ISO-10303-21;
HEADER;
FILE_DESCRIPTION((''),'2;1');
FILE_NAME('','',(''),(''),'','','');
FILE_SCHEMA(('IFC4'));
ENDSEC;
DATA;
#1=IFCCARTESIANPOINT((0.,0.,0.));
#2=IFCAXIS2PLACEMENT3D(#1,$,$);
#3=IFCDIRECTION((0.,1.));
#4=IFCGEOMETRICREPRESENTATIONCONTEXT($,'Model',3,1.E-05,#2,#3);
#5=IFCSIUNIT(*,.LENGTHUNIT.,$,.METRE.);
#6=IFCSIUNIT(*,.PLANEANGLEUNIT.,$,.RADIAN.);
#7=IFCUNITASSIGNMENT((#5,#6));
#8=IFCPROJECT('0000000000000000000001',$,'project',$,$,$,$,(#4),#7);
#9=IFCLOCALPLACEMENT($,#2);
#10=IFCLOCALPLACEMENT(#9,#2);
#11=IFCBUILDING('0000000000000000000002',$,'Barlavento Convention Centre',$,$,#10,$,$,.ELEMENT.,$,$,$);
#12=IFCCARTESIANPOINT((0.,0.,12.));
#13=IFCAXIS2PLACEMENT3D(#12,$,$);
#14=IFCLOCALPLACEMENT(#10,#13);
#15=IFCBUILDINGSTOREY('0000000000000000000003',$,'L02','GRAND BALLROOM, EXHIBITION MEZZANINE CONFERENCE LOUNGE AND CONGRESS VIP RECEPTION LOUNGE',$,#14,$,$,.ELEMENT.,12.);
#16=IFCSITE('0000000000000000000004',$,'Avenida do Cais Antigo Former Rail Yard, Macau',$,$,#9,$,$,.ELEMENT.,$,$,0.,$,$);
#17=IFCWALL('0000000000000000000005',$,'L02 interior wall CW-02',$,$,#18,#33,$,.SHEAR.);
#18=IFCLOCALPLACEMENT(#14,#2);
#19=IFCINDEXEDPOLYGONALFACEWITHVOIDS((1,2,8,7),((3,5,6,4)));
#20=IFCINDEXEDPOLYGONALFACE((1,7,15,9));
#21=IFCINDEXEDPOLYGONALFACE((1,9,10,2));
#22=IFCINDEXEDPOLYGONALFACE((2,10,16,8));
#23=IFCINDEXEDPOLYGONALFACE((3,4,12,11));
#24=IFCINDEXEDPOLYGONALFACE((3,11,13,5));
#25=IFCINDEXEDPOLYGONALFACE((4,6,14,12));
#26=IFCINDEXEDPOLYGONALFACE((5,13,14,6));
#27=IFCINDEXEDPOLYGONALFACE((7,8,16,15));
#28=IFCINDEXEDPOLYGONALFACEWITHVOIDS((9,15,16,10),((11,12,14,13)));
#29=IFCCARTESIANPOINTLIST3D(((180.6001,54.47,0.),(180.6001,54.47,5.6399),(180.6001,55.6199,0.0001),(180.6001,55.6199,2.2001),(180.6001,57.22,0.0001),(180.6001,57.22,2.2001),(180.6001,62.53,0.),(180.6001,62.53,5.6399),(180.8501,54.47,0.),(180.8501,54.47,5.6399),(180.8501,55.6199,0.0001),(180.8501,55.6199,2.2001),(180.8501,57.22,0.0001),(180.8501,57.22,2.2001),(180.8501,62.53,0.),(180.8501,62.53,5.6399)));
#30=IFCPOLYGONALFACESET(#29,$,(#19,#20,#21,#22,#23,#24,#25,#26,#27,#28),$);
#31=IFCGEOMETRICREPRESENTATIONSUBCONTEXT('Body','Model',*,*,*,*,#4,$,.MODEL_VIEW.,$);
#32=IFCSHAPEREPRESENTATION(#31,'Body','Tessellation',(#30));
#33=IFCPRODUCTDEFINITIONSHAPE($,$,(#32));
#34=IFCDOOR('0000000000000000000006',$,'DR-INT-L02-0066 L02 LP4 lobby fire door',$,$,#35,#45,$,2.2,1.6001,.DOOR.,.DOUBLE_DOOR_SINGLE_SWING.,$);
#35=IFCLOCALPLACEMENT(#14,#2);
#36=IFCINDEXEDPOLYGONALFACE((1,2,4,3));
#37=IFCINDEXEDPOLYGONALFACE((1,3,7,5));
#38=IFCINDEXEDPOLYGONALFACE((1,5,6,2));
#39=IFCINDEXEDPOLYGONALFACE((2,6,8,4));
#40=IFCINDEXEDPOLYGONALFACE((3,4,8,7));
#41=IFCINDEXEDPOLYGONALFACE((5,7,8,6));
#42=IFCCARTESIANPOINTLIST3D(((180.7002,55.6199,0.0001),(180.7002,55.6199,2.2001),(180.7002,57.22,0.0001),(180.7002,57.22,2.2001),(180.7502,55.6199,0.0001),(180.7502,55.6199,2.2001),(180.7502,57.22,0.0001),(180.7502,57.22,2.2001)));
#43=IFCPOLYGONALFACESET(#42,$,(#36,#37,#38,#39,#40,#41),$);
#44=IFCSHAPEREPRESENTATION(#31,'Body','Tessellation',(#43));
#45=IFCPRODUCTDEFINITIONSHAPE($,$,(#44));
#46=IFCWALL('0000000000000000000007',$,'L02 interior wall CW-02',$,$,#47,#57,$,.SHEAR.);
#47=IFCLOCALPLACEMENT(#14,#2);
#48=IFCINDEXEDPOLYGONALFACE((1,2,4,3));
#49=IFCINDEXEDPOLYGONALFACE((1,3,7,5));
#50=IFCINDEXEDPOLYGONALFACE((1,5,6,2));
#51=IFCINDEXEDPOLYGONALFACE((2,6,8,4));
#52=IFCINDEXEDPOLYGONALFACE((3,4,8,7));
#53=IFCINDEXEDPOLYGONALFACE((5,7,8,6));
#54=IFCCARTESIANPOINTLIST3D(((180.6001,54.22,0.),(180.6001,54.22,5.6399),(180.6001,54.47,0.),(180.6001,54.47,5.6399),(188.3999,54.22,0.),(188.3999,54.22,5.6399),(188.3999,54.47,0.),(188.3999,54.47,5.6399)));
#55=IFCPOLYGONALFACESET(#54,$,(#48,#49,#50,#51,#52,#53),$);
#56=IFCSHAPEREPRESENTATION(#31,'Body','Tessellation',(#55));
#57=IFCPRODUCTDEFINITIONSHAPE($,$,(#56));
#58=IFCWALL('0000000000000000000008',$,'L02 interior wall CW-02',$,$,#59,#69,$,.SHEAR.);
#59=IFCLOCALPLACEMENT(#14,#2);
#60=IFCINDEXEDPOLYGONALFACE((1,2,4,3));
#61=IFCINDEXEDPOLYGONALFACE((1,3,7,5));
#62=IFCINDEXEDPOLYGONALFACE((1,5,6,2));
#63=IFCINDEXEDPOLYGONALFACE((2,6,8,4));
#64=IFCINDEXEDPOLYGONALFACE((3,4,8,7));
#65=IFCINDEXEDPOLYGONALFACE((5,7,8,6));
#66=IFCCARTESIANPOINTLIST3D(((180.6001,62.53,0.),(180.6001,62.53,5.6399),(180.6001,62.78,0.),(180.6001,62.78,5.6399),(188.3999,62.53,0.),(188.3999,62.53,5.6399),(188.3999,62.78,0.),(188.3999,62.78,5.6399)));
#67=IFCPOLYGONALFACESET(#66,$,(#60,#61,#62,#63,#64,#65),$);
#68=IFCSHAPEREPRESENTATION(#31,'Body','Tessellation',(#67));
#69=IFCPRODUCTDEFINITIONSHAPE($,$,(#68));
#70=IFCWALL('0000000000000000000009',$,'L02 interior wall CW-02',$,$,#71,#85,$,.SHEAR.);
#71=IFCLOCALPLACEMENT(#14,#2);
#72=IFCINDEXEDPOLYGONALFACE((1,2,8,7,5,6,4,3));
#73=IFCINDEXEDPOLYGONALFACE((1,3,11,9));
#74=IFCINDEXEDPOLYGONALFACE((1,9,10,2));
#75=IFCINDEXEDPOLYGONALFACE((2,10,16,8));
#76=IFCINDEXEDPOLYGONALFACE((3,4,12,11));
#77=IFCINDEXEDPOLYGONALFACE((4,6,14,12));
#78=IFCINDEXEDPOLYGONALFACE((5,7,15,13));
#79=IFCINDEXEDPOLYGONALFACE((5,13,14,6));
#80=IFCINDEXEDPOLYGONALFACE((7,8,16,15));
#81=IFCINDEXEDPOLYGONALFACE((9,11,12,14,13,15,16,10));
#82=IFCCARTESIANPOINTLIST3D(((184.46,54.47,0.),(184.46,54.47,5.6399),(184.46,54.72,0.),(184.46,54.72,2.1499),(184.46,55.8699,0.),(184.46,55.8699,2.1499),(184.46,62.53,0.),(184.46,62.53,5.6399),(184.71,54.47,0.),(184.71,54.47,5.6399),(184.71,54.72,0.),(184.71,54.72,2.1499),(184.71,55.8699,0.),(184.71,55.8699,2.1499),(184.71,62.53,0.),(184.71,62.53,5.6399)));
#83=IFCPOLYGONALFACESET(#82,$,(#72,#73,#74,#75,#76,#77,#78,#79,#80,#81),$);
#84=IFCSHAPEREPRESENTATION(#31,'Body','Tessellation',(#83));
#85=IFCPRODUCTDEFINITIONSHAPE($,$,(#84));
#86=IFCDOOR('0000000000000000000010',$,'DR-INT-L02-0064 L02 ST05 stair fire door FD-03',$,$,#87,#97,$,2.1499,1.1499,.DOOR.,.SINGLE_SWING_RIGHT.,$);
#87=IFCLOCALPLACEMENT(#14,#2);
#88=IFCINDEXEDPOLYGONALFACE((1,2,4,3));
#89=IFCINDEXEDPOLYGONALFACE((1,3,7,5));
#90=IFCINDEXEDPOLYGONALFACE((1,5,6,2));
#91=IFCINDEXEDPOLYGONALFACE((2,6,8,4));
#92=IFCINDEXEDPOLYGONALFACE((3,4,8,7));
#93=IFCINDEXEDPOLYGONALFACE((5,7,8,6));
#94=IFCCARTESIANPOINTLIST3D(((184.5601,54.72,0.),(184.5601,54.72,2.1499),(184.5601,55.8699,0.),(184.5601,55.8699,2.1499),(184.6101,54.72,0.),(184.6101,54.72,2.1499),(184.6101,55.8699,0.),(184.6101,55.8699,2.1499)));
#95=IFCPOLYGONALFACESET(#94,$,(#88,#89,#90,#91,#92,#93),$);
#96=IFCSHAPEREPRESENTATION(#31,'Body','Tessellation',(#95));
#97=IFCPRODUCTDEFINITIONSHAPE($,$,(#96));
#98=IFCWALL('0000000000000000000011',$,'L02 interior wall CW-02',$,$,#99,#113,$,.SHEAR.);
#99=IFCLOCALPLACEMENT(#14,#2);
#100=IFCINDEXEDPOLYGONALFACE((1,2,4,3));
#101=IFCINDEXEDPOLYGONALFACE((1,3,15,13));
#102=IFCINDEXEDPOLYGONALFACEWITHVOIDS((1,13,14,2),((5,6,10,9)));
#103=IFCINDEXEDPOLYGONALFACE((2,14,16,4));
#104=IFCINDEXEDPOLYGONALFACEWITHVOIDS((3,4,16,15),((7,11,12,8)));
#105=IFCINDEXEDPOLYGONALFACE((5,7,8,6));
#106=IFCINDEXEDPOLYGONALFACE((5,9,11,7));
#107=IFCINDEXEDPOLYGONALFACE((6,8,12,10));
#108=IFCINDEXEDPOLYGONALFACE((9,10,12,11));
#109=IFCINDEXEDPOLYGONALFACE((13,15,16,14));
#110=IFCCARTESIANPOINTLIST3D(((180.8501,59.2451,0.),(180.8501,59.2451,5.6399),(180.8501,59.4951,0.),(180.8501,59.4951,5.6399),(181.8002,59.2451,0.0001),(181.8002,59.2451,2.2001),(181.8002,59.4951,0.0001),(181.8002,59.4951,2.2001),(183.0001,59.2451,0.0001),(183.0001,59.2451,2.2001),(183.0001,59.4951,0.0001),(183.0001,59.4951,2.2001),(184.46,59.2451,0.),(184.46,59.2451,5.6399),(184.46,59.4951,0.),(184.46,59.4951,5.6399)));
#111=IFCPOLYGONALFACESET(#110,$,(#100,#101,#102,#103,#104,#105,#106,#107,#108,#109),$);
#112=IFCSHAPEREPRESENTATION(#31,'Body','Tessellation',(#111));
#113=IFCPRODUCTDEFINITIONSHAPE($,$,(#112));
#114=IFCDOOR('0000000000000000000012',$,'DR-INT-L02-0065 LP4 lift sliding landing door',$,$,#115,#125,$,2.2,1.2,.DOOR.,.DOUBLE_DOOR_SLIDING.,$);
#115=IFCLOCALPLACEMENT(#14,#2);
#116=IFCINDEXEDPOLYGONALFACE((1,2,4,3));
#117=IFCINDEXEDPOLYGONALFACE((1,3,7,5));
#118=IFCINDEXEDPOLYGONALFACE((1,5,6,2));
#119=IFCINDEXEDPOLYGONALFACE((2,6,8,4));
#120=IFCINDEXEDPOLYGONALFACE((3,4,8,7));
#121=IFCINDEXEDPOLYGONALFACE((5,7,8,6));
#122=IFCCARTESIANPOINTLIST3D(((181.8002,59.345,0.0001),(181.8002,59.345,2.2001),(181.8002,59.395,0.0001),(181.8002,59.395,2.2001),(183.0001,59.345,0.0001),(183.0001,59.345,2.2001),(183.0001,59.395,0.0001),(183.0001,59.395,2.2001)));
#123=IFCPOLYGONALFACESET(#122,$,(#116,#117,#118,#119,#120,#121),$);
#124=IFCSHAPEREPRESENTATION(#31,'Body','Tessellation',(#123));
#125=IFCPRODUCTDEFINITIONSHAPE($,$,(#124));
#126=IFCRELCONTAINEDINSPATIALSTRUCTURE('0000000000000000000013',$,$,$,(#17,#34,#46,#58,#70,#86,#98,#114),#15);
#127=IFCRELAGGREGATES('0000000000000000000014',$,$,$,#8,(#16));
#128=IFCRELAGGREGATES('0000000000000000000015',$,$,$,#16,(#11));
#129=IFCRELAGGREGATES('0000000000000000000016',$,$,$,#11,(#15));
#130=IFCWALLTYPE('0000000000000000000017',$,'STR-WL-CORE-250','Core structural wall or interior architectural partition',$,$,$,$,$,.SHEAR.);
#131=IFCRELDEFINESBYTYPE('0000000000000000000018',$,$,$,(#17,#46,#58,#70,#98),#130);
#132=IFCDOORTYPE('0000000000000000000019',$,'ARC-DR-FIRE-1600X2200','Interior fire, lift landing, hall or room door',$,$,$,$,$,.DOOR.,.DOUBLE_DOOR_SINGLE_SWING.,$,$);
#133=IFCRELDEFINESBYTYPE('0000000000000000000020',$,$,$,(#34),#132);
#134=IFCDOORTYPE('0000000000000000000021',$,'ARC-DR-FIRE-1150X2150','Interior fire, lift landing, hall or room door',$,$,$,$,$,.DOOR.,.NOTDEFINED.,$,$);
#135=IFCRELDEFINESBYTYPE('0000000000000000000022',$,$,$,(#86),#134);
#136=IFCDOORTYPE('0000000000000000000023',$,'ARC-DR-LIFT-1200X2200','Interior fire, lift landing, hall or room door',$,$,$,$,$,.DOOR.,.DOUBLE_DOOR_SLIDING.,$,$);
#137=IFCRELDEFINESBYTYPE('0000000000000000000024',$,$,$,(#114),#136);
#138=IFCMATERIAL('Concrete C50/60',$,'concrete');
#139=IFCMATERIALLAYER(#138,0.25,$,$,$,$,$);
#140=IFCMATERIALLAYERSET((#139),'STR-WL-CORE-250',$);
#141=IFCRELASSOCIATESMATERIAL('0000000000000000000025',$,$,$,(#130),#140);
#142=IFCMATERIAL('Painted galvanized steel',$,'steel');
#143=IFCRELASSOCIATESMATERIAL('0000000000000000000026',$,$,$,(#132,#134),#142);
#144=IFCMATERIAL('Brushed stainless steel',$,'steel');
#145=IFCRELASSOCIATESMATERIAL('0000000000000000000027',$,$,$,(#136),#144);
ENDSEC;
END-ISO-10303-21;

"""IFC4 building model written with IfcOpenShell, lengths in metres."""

from ifc_helpers import new_model, si_unit, direction, frame, frame_2d, origin, place, context, subcontext, project, spatial, rectangle, extrude, material, layer, layer_set, type_object, element, fill, save


model = new_model("IFC4")

# Units and contexts
model_context = context("Model", 3, precision=1e-05, world=origin(), true_north=direction((0.0, 1.0)))
body_context = subcontext(model_context, "Body", "Model", "MODEL_VIEW")
ifc_project = project(units=[si_unit("LENGTHUNIT", "METRE"), si_unit("PLANEANGLEUNIT", "RADIAN")], contexts=[model_context])

# Site, building, storey
site_placement = place(None, origin())
site = spatial("IfcSite", under=ifc_project, at=site_placement, Name="Avenida do Cais Antigo Former Rail Yard, Macau", CompositionType="ELEMENT", RefElevation=0.0)
building_placement = place(site_placement, origin())
building = spatial("IfcBuilding", under=site, at=building_placement, Name="Barlavento Convention Centre", CompositionType="ELEMENT")
storey_placement = place(building_placement, frame((0.0, 0.0, 12.0)))
storey = spatial("IfcBuildingStorey", under=building, at=storey_placement, Name="L02", Description="GRAND BALLROOM, EXHIBITION MEZZANINE CONFERENCE LOUNGE AND CONGRESS VIP RECEPTION LOUNGE", CompositionType="ELEMENT", Elevation=12.0)

# Wall, opening, door
ifc_material_1 = material(Name="Concrete C50/60", Category="concrete")
ifc_layer_1 = layer(ifc_material_1, 0.25)
ifc_layer_set_1 = layer_set([ifc_layer_1], Name="STR-WL-CORE-250")
wall_type_1 = type_object("IfcWallType", Name="STR-WL-CORE-250", Description="Core structural wall or interior architectural partition", PredefinedType="SHEAR", material=ifc_layer_set_1)
wall_1_placement = place(storey_placement, frame((180.7251, 54.47, 0.0), z_axis=(0.0, 0.0, 1.0), x_axis=(0.0, 1.0, 0.0)))
wall_1 = element("IfcWall", 1, at=wall_1_placement, inside=storey, type_object=wall_type_1, Name="L02 interior wall CW-02", PredefinedType="SHEAR", context=body_context, shape_type="SweptSolid", body=[
    extrude(rectangle(XDim=8.0601, YDim=0.25, at=frame_2d((4.03, 0.0))), origin(), (0.0, 0.0, 1.0), 5.6399),
])
opening_1_placement = place(wall_1_placement, frame((1.1499, 0.0, 0.0)))
opening_1 = element("IfcOpeningElement", 2, at=opening_1_placement, cuts=wall_1, PredefinedType="OPENING", context=body_context, shape_type="SweptSolid", body=[
    extrude(rectangle(XDim=1.6001, YDim=2.2, at=frame_2d((0.8, 1.1001))), frame((0.0, 0.135, 0.0), z_axis=(0.0, -1.0, 0.0), x_axis=(1.0, 0.0, 0.0)), (0.0, 0.0, 1.0), 0.27),
])
ifc_material_2 = material(Name="Painted galvanized steel", Category="steel")
door_type_1 = type_object("IfcDoorType", Name="ARC-DR-FIRE-1600X2200", Description="Interior fire, lift landing, hall or room door", OperationType="DOUBLE_DOOR_SINGLE_SWING", PredefinedType="DOOR", material=ifc_material_2)
door_1_placement = place(opening_1_placement, origin())
door_1 = element("IfcDoor", 3, at=door_1_placement, inside=storey, type_object=door_type_1, Name="DR-INT-L02-0066 L02 LP4 lobby fire door", OperationType="DOUBLE_DOOR_SINGLE_SWING", OverallHeight=2.2, OverallWidth=1.6001, PredefinedType="DOOR", context=body_context, shape_type="SweptSolid", body=[
    extrude(rectangle(XDim=1.6001, YDim=2.2, at=frame_2d((0.8, 1.1001))), frame((0.0, 0.0249, 0.0), z_axis=(0.0, -1.0, 0.0), x_axis=(1.0, 0.0, 0.0)), (0.0, 0.0, 1.0), 0.05),
])
fill(opening_1, door_1)

# Walls
for number, where, z_axis, x_axis, name in (
    (4, (180.6001, 54.345, 0.0), (0.0, 0.0, 1.0), (1.0, 0.0, 0.0), "L02 interior wall CW-02"),
    (5, (180.6001, 62.655, 0.0), (0.0, 0.0, 1.0), (1.0, 0.0, 0.0), "L02 interior wall CW-02"),
):
    element("IfcWall", number, at=place(storey_placement, frame(where, z_axis=z_axis, x_axis=x_axis)), inside=storey, type_object=wall_type_1, Name=name, PredefinedType="SHEAR", context=body_context, shape_type="SweptSolid", body=[
        extrude(rectangle(XDim=7.7998, YDim=0.25, at=frame_2d((3.8999, 0.0))), origin(), (0.0, 0.0, 1.0), 5.6399),
    ])

# Walls, openings, doors
wall_2_placement = place(storey_placement, frame((184.585, 54.47, 0.0), z_axis=(0.0, 0.0, 1.0), x_axis=(0.0, 1.0, 0.0)))
wall_2 = element("IfcWall", 6, at=wall_2_placement, inside=storey, type_object=wall_type_1, Name="L02 interior wall CW-02", PredefinedType="SHEAR", context=body_context, shape_type="SweptSolid", body=[
    extrude(rectangle(XDim=8.0601, YDim=0.25, at=frame_2d((4.03, 0.0))), origin(), (0.0, 0.0, 1.0), 5.6399),
])
opening_2_placement = place(wall_2_placement, frame((0.25, 0.0, 0.0)))
opening_2 = element("IfcOpeningElement", 7, at=opening_2_placement, cuts=wall_2, PredefinedType="OPENING", context=body_context, shape_type="SweptSolid", body=[
    extrude(rectangle(XDim=1.1499, YDim=2.1499, at=frame_2d((0.575, 1.075))), frame((0.0, 0.135, 0.0), z_axis=(0.0, -1.0, 0.0), x_axis=(1.0, 0.0, 0.0)), (0.0, 0.0, 1.0), 0.27),
])
door_type_2 = type_object("IfcDoorType", Name="ARC-DR-FIRE-1150X2150", Description="Interior fire, lift landing, hall or room door", OperationType="NOTDEFINED", PredefinedType="DOOR", material=ifc_material_2)
door_2_placement = place(opening_2_placement, origin())
door_2 = element("IfcDoor", 8, at=door_2_placement, inside=storey, type_object=door_type_2, Name="DR-INT-L02-0064 L02 ST05 stair fire door FD-03", OperationType="SINGLE_SWING_RIGHT", OverallHeight=2.1499, OverallWidth=1.1499, PredefinedType="DOOR", context=body_context, shape_type="SweptSolid", body=[
    extrude(rectangle(XDim=1.1499, YDim=2.1499, at=frame_2d((0.575, 1.075))), frame((0.0, 0.0249, 0.0), z_axis=(0.0, -1.0, 0.0), x_axis=(1.0, 0.0, 0.0)), (0.0, 0.0, 1.0), 0.05),
])
fill(opening_2, door_2)
wall_3_placement = place(storey_placement, frame((180.8501, 59.3701, 0.0), z_axis=(0.0, 0.0, 1.0), x_axis=(1.0, 0.0, 0.0)))
wall_3 = element("IfcWall", 9, at=wall_3_placement, inside=storey, type_object=wall_type_1, Name="L02 interior wall CW-02", PredefinedType="SHEAR", context=body_context, shape_type="SweptSolid", body=[
    extrude(rectangle(XDim=3.6099, YDim=0.25, at=frame_2d((1.8049, 0.0))), origin(), (0.0, 0.0, 1.0), 5.6399),
])
opening_3_placement = place(wall_3_placement, frame((0.95, 0.0, 0.0)))
opening_3 = element("IfcOpeningElement", 10, at=opening_3_placement, cuts=wall_3, PredefinedType="OPENING", context=body_context, shape_type="SweptSolid", body=[
    extrude(rectangle(XDim=1.2, YDim=2.2, at=frame_2d((0.6001, 1.1001))), frame((0.0, 0.135, 0.0), z_axis=(0.0, -1.0, 0.0), x_axis=(1.0, 0.0, 0.0)), (0.0, 0.0, 1.0), 0.27),
])
ifc_material_3 = material(Name="Brushed stainless steel", Category="steel")
door_type_3 = type_object("IfcDoorType", Name="ARC-DR-LIFT-1200X2200", Description="Interior fire, lift landing, hall or room door", OperationType="DOUBLE_DOOR_SLIDING", PredefinedType="DOOR", material=ifc_material_3)
door_3_placement = place(opening_3_placement, origin())
door_3 = element("IfcDoor", 11, at=door_3_placement, inside=storey, type_object=door_type_3, Name="DR-INT-L02-0065 LP4 lift sliding landing door", OperationType="DOUBLE_DOOR_SLIDING", OverallHeight=2.2, OverallWidth=1.2, PredefinedType="DOOR", context=body_context, shape_type="SweptSolid", body=[
    extrude(rectangle(XDim=1.2, YDim=2.2, at=frame_2d((0.6001, 1.1001))), frame((0.0, 0.0249, 0.0), z_axis=(0.0, -1.0, 0.0), x_axis=(1.0, 0.0, 0.0)), (0.0, 0.0, 1.0), 0.05),
])
fill(opening_3, door_3)

save(model, "model.ifc")
